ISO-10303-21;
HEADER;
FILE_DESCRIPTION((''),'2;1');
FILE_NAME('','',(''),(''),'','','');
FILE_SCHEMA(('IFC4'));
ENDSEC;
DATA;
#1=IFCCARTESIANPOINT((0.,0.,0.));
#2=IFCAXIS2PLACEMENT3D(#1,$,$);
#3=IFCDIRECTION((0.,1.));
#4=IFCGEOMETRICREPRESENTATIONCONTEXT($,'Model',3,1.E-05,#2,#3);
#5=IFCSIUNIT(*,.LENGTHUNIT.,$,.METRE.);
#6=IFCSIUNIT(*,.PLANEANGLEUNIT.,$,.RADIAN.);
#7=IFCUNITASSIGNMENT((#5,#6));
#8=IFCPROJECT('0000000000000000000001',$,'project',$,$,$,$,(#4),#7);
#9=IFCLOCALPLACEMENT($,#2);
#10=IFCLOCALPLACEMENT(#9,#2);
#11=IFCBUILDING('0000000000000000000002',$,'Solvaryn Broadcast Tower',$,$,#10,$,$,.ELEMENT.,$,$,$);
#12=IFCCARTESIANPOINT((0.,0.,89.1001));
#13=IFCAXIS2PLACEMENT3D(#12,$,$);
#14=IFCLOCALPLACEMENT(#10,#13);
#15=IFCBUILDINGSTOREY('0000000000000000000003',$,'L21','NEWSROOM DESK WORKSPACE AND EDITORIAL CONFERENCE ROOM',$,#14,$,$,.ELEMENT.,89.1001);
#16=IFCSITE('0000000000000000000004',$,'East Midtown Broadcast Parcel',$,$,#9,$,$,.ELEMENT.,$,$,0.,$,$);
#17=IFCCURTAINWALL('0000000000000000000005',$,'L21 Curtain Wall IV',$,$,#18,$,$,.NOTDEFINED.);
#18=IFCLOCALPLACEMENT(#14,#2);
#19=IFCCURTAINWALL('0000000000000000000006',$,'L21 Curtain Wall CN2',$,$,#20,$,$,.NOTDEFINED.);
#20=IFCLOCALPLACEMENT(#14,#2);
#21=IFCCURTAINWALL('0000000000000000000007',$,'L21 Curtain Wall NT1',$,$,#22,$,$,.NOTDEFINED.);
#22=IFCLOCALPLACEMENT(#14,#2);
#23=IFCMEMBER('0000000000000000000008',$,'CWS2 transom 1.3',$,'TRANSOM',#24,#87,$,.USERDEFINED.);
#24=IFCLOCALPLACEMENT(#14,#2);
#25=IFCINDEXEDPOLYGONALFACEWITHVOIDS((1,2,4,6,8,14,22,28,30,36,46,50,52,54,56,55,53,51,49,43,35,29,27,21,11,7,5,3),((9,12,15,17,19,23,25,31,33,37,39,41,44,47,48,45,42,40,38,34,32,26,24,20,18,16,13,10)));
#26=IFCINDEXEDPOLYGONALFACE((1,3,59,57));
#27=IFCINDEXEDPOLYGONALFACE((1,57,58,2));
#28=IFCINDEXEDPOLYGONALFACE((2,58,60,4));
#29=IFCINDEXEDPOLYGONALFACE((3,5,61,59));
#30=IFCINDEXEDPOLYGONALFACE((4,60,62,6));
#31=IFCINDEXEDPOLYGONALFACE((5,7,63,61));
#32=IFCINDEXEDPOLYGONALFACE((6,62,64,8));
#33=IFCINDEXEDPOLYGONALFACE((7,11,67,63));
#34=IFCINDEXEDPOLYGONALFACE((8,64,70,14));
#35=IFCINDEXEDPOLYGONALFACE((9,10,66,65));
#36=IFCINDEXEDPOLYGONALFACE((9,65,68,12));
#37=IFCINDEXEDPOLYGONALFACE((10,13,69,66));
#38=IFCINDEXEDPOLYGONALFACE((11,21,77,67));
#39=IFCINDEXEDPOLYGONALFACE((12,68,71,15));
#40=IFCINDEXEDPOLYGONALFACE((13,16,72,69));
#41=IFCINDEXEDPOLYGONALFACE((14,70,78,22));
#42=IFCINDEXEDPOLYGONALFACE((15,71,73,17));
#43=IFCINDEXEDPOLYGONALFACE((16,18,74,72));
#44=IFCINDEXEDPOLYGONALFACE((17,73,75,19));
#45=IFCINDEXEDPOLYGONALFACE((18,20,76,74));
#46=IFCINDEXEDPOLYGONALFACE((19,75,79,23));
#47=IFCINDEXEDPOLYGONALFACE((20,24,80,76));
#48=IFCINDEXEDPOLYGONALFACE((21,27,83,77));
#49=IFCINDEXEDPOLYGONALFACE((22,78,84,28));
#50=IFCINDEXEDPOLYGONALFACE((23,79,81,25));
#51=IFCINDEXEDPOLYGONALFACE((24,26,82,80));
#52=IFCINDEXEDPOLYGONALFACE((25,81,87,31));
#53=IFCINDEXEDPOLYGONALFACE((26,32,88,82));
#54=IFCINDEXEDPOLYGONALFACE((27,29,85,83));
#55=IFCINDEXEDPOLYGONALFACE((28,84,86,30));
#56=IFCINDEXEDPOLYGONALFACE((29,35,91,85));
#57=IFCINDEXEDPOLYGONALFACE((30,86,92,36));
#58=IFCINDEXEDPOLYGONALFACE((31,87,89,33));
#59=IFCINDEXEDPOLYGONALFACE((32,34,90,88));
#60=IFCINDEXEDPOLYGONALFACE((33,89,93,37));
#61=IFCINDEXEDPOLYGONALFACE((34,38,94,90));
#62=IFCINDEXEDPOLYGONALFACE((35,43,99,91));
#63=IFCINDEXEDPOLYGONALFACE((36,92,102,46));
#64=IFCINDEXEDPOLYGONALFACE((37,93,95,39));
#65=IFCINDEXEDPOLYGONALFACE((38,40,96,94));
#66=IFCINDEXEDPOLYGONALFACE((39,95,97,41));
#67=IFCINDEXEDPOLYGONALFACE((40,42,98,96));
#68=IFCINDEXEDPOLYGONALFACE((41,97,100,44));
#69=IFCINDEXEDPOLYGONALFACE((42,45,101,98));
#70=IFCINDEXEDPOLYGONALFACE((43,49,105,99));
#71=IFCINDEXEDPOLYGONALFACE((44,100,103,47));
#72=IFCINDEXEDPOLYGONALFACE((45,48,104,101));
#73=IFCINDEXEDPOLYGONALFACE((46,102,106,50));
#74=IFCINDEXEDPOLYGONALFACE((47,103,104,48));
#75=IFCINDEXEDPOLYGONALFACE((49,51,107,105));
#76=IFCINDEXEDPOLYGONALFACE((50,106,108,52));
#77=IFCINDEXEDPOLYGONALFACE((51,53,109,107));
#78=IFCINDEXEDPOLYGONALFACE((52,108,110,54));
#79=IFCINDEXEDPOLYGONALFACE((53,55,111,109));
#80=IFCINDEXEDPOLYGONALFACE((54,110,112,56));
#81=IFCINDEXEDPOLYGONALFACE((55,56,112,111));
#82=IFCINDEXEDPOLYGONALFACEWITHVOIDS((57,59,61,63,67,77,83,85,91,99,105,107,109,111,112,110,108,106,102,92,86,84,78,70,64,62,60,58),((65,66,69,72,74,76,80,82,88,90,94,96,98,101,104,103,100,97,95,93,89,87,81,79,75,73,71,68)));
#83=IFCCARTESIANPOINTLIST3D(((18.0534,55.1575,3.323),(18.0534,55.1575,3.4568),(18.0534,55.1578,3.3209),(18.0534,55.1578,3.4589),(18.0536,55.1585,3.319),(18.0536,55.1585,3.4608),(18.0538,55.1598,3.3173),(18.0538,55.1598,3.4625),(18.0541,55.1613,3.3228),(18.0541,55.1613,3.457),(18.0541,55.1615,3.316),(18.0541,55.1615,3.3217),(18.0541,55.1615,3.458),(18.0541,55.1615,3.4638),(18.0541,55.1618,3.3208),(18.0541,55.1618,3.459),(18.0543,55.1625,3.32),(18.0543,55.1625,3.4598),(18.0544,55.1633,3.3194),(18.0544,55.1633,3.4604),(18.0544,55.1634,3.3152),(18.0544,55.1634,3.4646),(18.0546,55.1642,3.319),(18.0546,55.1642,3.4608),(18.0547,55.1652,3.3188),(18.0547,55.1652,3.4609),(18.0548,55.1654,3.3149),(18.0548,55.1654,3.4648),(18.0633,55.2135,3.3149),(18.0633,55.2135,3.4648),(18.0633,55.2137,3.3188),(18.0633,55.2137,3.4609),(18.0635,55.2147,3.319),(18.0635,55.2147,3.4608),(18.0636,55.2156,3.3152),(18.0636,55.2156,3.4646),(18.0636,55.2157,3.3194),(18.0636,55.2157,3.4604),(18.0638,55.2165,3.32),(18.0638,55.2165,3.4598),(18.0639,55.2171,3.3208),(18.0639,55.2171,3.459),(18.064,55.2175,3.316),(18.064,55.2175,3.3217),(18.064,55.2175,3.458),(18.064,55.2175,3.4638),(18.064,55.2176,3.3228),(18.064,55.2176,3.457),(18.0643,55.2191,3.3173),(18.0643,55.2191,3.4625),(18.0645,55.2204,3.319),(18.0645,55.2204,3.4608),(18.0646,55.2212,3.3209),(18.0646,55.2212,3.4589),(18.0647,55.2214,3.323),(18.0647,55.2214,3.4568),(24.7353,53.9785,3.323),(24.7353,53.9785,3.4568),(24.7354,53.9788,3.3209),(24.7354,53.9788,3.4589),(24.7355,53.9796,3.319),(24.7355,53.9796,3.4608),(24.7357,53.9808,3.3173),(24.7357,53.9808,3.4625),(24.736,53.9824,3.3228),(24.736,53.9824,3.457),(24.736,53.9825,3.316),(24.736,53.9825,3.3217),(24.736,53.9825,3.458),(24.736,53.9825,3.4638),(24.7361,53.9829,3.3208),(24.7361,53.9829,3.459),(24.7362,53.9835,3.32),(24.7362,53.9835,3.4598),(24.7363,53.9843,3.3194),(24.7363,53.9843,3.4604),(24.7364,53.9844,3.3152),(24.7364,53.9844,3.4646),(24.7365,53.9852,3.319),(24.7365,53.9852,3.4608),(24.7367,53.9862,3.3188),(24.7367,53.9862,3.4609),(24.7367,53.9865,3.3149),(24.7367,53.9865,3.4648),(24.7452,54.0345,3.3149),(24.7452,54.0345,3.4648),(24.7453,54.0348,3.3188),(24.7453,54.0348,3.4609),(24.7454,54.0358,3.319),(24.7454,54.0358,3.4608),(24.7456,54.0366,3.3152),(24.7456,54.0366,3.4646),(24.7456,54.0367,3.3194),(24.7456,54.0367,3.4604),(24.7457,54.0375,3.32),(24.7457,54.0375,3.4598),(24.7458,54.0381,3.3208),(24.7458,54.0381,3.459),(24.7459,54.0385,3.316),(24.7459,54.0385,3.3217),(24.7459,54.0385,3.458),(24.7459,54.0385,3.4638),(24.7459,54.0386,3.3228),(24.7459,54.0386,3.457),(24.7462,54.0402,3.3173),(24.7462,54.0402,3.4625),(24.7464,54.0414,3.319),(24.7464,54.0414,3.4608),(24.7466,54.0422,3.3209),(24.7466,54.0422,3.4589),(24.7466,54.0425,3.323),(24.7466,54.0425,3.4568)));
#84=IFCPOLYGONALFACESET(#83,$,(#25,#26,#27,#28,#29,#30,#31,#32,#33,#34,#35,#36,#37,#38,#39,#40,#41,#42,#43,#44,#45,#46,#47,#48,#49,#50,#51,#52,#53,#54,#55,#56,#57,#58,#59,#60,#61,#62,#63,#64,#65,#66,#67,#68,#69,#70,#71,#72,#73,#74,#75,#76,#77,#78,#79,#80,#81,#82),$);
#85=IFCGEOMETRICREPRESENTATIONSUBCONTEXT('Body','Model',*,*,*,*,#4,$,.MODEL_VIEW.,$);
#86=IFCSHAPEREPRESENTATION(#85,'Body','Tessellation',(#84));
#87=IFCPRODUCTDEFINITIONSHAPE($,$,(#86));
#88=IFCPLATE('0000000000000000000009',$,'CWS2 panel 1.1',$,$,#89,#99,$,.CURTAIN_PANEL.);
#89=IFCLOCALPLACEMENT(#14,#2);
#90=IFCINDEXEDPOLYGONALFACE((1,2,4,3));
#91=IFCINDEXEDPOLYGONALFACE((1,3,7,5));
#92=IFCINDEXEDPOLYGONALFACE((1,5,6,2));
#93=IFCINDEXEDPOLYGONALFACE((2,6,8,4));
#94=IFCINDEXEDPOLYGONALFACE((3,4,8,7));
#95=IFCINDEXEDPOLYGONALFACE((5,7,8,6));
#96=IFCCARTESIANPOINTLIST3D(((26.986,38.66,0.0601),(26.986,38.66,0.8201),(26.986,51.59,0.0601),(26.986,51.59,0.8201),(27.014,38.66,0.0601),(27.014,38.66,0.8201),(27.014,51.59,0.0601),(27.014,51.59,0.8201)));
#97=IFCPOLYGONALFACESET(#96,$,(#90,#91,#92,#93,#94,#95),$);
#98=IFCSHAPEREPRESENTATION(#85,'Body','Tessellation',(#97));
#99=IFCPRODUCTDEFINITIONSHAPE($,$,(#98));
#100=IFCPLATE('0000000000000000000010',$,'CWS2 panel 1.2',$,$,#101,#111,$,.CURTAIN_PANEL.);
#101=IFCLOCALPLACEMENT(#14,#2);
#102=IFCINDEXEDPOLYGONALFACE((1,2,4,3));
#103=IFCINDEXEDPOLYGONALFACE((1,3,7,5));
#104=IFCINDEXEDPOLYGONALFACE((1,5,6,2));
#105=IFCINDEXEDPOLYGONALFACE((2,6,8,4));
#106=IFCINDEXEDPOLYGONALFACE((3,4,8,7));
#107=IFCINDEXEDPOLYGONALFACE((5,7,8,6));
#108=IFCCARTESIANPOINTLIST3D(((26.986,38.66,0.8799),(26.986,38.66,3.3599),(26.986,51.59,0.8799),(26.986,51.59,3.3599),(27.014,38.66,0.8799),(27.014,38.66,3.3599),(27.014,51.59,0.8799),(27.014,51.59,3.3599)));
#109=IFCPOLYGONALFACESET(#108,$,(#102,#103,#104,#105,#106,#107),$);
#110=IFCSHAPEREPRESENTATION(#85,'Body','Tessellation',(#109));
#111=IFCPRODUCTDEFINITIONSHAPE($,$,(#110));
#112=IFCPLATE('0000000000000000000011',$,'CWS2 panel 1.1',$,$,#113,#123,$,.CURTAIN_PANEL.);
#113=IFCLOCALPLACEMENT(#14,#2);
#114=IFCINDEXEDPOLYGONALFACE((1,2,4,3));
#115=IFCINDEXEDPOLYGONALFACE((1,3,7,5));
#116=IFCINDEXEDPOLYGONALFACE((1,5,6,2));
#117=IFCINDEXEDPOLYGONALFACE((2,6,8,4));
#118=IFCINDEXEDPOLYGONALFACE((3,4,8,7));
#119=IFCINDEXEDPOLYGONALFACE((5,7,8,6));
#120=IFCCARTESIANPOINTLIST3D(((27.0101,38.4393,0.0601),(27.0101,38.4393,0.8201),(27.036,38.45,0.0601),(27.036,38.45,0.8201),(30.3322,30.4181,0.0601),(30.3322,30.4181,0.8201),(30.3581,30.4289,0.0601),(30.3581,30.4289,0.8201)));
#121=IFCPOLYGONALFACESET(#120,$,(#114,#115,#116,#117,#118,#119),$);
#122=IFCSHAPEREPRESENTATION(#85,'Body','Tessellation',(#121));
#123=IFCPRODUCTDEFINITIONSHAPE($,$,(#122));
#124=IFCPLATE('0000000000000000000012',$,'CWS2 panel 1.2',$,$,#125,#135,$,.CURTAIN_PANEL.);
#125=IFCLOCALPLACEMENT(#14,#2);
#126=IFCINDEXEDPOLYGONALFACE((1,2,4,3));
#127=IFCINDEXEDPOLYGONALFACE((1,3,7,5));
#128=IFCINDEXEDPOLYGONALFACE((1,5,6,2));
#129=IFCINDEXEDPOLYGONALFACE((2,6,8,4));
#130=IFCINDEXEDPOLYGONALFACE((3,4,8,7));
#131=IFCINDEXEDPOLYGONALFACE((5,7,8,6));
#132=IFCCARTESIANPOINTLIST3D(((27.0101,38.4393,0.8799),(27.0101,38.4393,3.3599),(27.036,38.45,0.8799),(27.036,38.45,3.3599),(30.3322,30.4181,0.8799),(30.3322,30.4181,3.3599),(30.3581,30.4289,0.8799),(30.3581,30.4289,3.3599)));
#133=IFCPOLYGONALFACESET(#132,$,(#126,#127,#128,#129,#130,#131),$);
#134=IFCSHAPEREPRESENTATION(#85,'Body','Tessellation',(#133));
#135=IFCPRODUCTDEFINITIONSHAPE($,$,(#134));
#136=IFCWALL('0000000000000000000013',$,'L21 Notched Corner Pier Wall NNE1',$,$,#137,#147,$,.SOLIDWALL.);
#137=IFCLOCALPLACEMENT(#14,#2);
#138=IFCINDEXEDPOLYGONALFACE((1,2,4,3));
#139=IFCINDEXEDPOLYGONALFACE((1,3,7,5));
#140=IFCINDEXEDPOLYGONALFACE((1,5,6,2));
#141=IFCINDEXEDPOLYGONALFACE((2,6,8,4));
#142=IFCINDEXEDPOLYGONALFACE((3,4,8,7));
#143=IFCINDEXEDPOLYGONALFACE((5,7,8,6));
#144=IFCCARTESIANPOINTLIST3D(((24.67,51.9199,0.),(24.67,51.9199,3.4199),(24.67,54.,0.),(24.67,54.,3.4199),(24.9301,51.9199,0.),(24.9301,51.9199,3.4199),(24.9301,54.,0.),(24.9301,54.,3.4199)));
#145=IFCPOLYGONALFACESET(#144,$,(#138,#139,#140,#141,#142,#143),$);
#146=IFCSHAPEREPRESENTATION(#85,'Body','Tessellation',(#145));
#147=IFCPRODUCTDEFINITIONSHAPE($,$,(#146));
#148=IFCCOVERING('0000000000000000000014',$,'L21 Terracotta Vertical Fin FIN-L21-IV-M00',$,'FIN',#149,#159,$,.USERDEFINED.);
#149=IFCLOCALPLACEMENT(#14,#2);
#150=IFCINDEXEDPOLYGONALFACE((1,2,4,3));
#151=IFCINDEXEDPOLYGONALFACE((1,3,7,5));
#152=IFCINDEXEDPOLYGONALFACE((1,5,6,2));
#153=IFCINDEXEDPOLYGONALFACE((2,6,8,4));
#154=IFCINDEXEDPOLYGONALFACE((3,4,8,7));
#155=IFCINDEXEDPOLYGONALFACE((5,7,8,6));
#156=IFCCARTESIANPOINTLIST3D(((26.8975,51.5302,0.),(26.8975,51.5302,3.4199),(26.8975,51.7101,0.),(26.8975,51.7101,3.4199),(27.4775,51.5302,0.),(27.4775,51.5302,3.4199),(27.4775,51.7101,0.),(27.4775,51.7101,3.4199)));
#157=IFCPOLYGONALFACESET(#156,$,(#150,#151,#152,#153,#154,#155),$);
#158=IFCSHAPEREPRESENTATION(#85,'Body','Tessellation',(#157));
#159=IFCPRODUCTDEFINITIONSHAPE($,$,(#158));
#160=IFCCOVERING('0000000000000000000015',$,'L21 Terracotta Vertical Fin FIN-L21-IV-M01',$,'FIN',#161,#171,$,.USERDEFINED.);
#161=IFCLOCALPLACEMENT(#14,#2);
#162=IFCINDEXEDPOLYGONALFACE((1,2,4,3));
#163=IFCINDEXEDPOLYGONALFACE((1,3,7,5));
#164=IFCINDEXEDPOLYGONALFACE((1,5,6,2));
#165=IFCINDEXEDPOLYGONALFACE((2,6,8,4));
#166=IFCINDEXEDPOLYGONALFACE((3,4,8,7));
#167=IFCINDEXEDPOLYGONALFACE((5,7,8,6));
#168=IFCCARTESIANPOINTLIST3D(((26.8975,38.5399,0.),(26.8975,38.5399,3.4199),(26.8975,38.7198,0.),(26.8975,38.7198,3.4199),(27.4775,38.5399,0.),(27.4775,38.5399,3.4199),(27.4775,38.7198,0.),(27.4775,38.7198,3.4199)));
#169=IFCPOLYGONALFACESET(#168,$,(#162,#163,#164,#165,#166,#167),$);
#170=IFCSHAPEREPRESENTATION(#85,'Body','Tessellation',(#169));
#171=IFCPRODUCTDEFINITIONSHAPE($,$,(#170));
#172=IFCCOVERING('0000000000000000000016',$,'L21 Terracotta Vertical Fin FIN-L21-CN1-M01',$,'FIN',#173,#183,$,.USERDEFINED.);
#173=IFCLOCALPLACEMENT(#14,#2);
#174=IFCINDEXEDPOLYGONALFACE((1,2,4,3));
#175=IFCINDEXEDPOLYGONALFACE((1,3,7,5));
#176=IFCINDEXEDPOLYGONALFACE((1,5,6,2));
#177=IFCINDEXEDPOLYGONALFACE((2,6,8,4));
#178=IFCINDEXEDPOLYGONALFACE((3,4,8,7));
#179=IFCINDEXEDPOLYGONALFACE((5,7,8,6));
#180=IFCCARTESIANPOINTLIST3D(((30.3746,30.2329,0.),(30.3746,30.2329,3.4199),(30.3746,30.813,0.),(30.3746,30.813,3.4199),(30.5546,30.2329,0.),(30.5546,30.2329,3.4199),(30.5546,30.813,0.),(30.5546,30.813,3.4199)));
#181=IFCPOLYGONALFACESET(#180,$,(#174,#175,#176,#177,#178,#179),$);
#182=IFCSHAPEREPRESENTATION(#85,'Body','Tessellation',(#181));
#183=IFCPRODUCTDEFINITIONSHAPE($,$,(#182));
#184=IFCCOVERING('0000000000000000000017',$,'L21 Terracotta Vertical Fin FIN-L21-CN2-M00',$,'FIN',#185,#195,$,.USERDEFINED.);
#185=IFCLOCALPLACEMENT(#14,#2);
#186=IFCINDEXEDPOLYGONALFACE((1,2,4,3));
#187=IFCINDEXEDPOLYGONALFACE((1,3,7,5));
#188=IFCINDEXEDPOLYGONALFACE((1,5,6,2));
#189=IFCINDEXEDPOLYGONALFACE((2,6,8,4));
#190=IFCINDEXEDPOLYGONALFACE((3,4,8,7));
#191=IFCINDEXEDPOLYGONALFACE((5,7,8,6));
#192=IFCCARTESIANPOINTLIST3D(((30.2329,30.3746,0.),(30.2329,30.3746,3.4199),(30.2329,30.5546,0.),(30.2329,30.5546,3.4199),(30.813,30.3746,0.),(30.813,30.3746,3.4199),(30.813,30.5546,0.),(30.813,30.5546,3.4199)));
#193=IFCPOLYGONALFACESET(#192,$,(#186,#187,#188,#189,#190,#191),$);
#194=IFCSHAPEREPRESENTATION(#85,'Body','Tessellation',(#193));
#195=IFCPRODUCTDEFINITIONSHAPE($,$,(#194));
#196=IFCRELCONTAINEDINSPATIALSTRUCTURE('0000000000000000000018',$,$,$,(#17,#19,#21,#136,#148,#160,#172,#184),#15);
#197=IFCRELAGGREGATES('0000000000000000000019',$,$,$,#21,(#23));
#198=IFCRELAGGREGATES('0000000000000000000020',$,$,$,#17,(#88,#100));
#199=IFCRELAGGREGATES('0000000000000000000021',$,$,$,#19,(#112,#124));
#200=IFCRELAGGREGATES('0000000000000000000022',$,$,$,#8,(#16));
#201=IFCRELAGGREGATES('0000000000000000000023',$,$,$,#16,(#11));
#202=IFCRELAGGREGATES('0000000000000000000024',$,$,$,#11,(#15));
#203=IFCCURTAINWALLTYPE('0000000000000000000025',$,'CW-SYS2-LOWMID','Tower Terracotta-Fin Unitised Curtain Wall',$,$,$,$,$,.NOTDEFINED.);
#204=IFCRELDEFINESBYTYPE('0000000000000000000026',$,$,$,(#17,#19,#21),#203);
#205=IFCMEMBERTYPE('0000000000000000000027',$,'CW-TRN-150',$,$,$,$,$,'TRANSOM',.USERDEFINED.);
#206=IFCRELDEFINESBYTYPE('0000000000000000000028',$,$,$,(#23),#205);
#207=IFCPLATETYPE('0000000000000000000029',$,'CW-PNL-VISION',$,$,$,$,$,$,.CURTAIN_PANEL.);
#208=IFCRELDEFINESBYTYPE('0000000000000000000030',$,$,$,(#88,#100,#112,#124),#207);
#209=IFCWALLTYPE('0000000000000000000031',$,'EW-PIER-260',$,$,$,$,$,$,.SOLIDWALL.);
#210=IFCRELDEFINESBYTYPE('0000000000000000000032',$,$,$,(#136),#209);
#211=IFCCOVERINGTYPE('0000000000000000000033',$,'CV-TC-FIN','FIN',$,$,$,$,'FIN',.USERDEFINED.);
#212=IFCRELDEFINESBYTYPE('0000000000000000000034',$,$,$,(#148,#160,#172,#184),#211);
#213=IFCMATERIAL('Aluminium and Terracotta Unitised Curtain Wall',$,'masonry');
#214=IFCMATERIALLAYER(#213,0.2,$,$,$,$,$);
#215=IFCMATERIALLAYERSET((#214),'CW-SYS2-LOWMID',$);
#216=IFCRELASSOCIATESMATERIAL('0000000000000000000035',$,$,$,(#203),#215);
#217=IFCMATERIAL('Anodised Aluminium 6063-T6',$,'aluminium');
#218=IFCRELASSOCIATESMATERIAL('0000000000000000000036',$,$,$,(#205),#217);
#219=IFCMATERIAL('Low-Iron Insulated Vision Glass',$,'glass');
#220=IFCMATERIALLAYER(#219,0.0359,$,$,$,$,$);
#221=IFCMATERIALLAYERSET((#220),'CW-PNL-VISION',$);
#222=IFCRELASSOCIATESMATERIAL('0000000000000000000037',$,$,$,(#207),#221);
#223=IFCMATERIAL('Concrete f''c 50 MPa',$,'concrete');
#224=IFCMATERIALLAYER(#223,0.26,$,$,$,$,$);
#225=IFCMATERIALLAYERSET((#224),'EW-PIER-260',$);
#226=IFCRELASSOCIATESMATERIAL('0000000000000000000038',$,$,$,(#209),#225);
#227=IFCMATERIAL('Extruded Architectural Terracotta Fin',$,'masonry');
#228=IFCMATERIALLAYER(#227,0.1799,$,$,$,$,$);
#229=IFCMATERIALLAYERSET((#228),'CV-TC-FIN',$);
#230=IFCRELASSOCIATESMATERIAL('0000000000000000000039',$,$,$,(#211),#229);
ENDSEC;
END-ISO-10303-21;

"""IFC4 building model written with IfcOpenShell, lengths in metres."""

from ifc_helpers import new_model, si_unit, direction, frame, frame_2d, origin, origin_2d, place, context, subcontext, project, spatial, rectangle, hollow_rectangle, extrude, material, layer, layer_set, material_profile, profile_set, type_object, element, aggregate, save


model = new_model("IFC4")

# Units and contexts
model_context = context("Model", 3, precision=1e-05, world=origin(), true_north=direction((0.0, 1.0)))
body_context = subcontext(model_context, "Body", "Model", "MODEL_VIEW")
ifc_project = project(units=[si_unit("LENGTHUNIT", "METRE"), si_unit("PLANEANGLEUNIT", "RADIAN")], contexts=[model_context])

# Site, building, storey
site_placement = place(None, origin())
site = spatial("IfcSite", under=ifc_project, at=site_placement, Name="East Midtown Broadcast Parcel", CompositionType="ELEMENT", RefElevation=0.0)
building_placement = place(site_placement, origin())
building = spatial("IfcBuilding", under=site, at=building_placement, Name="Solvaryn Broadcast Tower", CompositionType="ELEMENT")
storey_placement = place(building_placement, frame((0.0, 0.0, 89.1001)))
storey = spatial("IfcBuildingStorey", under=building, at=storey_placement, Name="L21", Description="NEWSROOM DESK WORKSPACE AND EDITORIAL CONFERENCE ROOM", CompositionType="ELEMENT", Elevation=89.1001)

# Curtain wall
ifc_material_1 = material(Name="Aluminium and Terracotta Unitised Curtain Wall", Category="masonry")
ifc_layer_1 = layer(ifc_material_1, 0.2)
ifc_layer_set_1 = layer_set([ifc_layer_1], Name="CW-SYS2-LOWMID")
curtain_wall_type = type_object("IfcCurtainWallType", Name="CW-SYS2-LOWMID", Description="Tower Terracotta-Fin Unitised Curtain Wall", PredefinedType="NOTDEFINED", material=ifc_layer_set_1)
curtain_wall_1_placement = place(storey_placement, origin())
curtain_wall_1 = element("IfcCurtainWall", 1, at=curtain_wall_1_placement, inside=storey, type_object=curtain_wall_type, Name="L21 Curtain Wall IV", PredefinedType="NOTDEFINED")

# Curtain walls
curtain_wall_2_placement = place(storey_placement, origin())
curtain_wall_2 = element("IfcCurtainWall", 2, at=curtain_wall_2_placement, inside=storey, type_object=curtain_wall_type, Name="L21 Curtain Wall CN2", PredefinedType="NOTDEFINED")
curtain_wall_3_placement = place(storey_placement, origin())
curtain_wall_3 = element("IfcCurtainWall", 3, at=curtain_wall_3_placement, inside=storey, type_object=curtain_wall_type, Name="L21 Curtain Wall NT1", PredefinedType="NOTDEFINED")

# Member
ifc_material_2 = material(Name="Anodised Aluminium 6063-T6", Category="aluminium")
ifc_material_profile_1 = material_profile(ifc_material_2, hollow_rectangle(XDim=0.0649, YDim=0.1499, WallThickness=0.0039, InnerFilletRadius=0.0039, OuterFilletRadius=0.0081, at=origin_2d()))
ifc_profile_set_1 = profile_set([ifc_material_profile_1], Name="Anodised Aluminium 6063-T6")
member_type_1 = type_object("IfcMemberType", Name="CW-TRN-150", ElementType="TRANSOM", PredefinedType="USERDEFINED", material=ifc_profile_set_1)
member_1_placement = place(storey_placement, frame((24.741, 54.0105, 3.3899), z_axis=(-0.984789, 0.173757, 0.0), x_axis=(-0.173757, -0.984789, 0.0)))
member_1 = element("IfcMember", 4, at=member_1_placement, type_object=member_type_1, Name="CWS2 transom 1.3", ObjectType="TRANSOM", PredefinedType="USERDEFINED", context=body_context, shape_type="SweptSolid", body=[
    extrude(hollow_rectangle(XDim=0.0649, YDim=0.1499, WallThickness=0.0039, InnerFilletRadius=0.0039, OuterFilletRadius=0.0081, at=origin_2d()), origin(), (0.0, 0.0, 1.0), 6.7852),
])
aggregate(curtain_wall_3, [member_1])

# Plates
ifc_material_3 = material(Name="Low-Iron Insulated Vision Glass", Category="glass")
ifc_layer_2 = layer(ifc_material_3, 0.0359)
ifc_layer_set_2 = layer_set([ifc_layer_2], Name="CW-PNL-VISION")
plate_type = type_object("IfcPlateType", Name="CW-PNL-VISION", PredefinedType="CURTAIN_PANEL", material=ifc_layer_set_2)
plate_1_placement = place(storey_placement, frame((27.0, 45.125, 0.0601), z_axis=(0.0, 0.0, 1.0), x_axis=(0.0, -1.0, 0.0)))
plate_1 = element("IfcPlate", 5, at=plate_1_placement, type_object=plate_type, Name="CWS2 panel 1.1", PredefinedType="CURTAIN_PANEL", context=body_context, shape_type="SweptSolid", body=[
    extrude(rectangle(XDim=12.9299, YDim=0.0281, at=origin_2d()), origin(), (0.0, 0.0, 1.0), 0.76),
])
plate_2_placement = place(storey_placement, frame((27.0, 45.125, 0.8799), z_axis=(0.0, 0.0, 1.0), x_axis=(0.0, -1.0, 0.0)))
plate_2 = element("IfcPlate", 6, at=plate_2_placement, type_object=plate_type, Name="CWS2 panel 1.2", PredefinedType="CURTAIN_PANEL", context=body_context, shape_type="SweptSolid", body=[
    extrude(rectangle(XDim=12.9299, YDim=0.0281, at=origin_2d()), origin(), (0.0, 0.0, 1.0), 2.48),
])
aggregate(curtain_wall_1, [plate_1, plate_2])
plate_3_placement = place(storey_placement, frame((28.6841, 34.4341, 0.0601), z_axis=(0.0, 0.0, 1.0), x_axis=(-0.382646, 0.923895, 0.0)))
plate_3 = element("IfcPlate", 7, at=plate_3_placement, type_object=plate_type, Name="CWS2 panel 1.1", PredefinedType="CURTAIN_PANEL", context=body_context, shape_type="SweptSolid", body=[
    extrude(rectangle(XDim=8.6819, YDim=0.0281, at=origin_2d()), origin(), (0.0, 0.0, 1.0), 0.76),
])
plate_4_placement = place(storey_placement, frame((28.6841, 34.4341, 0.8799), z_axis=(0.0, 0.0, 1.0), x_axis=(-0.382646, 0.923895, 0.0)))
plate_4 = element("IfcPlate", 8, at=plate_4_placement, type_object=plate_type, Name="CWS2 panel 1.2", PredefinedType="CURTAIN_PANEL", context=body_context, shape_type="SweptSolid", body=[
    extrude(rectangle(XDim=8.6819, YDim=0.0281, at=origin_2d()), origin(), (0.0, 0.0, 1.0), 2.48),
])
aggregate(curtain_wall_2, [plate_3, plate_4])

# Wall
ifc_material_4 = material(Name="Concrete f'c 50 MPa", Category="concrete")
ifc_layer_3 = layer(ifc_material_4, 0.26)
ifc_layer_set_3 = layer_set([ifc_layer_3], Name="EW-PIER-260")
wall_type_1 = type_object("IfcWallType", Name="EW-PIER-260", PredefinedType="SOLIDWALL", material=ifc_layer_set_3)
wall_1_placement = place(storey_placement, frame((24.8, 54.0, 0.0), z_axis=(0.0, 0.0, 1.0), x_axis=(0.0, -1.0, 0.0)))
element("IfcWall", 9, at=wall_1_placement, inside=storey, type_object=wall_type_1, Name="L21 Notched Corner Pier Wall NNE1", PredefinedType="SOLIDWALL", context=body_context, shape_type="SweptSolid", body=[
    extrude(rectangle(XDim=2.0801, YDim=0.26, at=frame_2d((1.04, 0.0))), origin(), (0.0, 0.0, 1.0), 3.4199),
])

# Coverings
ifc_material_5 = material(Name="Extruded Architectural Terracotta Fin", Category="masonry")
ifc_layer_4 = layer(ifc_material_5, 0.1799)
ifc_layer_set_4 = layer_set([ifc_layer_4], Name="CV-TC-FIN")
covering_type = type_object("IfcCoveringType", Name="CV-TC-FIN", Description="FIN", ElementType="FIN", PredefinedType="USERDEFINED", material=ifc_layer_set_4)
for number, where, z_axis, x_axis, name in (
    (10, (27.1875, 51.6201, 0.0), (0.0, 0.0, 1.0), (1.0, 0.0, 0.0), "L21 Terracotta Vertical Fin FIN-L21-IV-M00"),
    (11, (27.1875, 38.6299, 0.0), (0.0, 0.0, 1.0), (1.0, 0.0, 0.0), "L21 Terracotta Vertical Fin FIN-L21-IV-M01"),
):
    element("IfcCovering", number, at=place(storey_placement, frame(where, z_axis=z_axis, x_axis=x_axis)), inside=storey, type_object=covering_type, Name=name, ObjectType="FIN", PredefinedType="USERDEFINED", context=body_context, shape_type="SweptSolid", body=[
        extrude(rectangle(XDim=0.5801, YDim=0.1799, at=origin_2d()), origin(), (0.0, 0.0, 1.0), 3.4199),
    ])
covering_1_placement = place(storey_placement, frame((30.4646, 30.5229, 0.0), z_axis=(0.0, 0.0, 1.0), x_axis=(1.0, 0.0, 0.0)))
element("IfcCovering", 12, at=covering_1_placement, inside=storey, type_object=covering_type, Name="L21 Terracotta Vertical Fin FIN-L21-CN1-M01", ObjectType="FIN", PredefinedType="USERDEFINED", context=body_context, shape_type="SweptSolid", body=[
    extrude(rectangle(XDim=0.1799, YDim=0.5801, at=origin_2d()), origin(), (0.0, 0.0, 1.0), 3.4199),
])
for number, where, z_axis, x_axis, name in (
    (13, (30.5229, 30.4646, 0.0), (0.0, 0.0, 1.0), (1.0, 0.0, 0.0), "L21 Terracotta Vertical Fin FIN-L21-CN2-M00"),
):
    element("IfcCovering", number, at=place(storey_placement, frame(where, z_axis=z_axis, x_axis=x_axis)), inside=storey, type_object=covering_type, Name=name, ObjectType="FIN", PredefinedType="USERDEFINED", context=body_context, shape_type="SweptSolid", body=[
        extrude(rectangle(XDim=0.5801, YDim=0.1799, at=origin_2d()), origin(), (0.0, 0.0, 1.0), 3.4199),
    ])

save(model, "model.ifc")
